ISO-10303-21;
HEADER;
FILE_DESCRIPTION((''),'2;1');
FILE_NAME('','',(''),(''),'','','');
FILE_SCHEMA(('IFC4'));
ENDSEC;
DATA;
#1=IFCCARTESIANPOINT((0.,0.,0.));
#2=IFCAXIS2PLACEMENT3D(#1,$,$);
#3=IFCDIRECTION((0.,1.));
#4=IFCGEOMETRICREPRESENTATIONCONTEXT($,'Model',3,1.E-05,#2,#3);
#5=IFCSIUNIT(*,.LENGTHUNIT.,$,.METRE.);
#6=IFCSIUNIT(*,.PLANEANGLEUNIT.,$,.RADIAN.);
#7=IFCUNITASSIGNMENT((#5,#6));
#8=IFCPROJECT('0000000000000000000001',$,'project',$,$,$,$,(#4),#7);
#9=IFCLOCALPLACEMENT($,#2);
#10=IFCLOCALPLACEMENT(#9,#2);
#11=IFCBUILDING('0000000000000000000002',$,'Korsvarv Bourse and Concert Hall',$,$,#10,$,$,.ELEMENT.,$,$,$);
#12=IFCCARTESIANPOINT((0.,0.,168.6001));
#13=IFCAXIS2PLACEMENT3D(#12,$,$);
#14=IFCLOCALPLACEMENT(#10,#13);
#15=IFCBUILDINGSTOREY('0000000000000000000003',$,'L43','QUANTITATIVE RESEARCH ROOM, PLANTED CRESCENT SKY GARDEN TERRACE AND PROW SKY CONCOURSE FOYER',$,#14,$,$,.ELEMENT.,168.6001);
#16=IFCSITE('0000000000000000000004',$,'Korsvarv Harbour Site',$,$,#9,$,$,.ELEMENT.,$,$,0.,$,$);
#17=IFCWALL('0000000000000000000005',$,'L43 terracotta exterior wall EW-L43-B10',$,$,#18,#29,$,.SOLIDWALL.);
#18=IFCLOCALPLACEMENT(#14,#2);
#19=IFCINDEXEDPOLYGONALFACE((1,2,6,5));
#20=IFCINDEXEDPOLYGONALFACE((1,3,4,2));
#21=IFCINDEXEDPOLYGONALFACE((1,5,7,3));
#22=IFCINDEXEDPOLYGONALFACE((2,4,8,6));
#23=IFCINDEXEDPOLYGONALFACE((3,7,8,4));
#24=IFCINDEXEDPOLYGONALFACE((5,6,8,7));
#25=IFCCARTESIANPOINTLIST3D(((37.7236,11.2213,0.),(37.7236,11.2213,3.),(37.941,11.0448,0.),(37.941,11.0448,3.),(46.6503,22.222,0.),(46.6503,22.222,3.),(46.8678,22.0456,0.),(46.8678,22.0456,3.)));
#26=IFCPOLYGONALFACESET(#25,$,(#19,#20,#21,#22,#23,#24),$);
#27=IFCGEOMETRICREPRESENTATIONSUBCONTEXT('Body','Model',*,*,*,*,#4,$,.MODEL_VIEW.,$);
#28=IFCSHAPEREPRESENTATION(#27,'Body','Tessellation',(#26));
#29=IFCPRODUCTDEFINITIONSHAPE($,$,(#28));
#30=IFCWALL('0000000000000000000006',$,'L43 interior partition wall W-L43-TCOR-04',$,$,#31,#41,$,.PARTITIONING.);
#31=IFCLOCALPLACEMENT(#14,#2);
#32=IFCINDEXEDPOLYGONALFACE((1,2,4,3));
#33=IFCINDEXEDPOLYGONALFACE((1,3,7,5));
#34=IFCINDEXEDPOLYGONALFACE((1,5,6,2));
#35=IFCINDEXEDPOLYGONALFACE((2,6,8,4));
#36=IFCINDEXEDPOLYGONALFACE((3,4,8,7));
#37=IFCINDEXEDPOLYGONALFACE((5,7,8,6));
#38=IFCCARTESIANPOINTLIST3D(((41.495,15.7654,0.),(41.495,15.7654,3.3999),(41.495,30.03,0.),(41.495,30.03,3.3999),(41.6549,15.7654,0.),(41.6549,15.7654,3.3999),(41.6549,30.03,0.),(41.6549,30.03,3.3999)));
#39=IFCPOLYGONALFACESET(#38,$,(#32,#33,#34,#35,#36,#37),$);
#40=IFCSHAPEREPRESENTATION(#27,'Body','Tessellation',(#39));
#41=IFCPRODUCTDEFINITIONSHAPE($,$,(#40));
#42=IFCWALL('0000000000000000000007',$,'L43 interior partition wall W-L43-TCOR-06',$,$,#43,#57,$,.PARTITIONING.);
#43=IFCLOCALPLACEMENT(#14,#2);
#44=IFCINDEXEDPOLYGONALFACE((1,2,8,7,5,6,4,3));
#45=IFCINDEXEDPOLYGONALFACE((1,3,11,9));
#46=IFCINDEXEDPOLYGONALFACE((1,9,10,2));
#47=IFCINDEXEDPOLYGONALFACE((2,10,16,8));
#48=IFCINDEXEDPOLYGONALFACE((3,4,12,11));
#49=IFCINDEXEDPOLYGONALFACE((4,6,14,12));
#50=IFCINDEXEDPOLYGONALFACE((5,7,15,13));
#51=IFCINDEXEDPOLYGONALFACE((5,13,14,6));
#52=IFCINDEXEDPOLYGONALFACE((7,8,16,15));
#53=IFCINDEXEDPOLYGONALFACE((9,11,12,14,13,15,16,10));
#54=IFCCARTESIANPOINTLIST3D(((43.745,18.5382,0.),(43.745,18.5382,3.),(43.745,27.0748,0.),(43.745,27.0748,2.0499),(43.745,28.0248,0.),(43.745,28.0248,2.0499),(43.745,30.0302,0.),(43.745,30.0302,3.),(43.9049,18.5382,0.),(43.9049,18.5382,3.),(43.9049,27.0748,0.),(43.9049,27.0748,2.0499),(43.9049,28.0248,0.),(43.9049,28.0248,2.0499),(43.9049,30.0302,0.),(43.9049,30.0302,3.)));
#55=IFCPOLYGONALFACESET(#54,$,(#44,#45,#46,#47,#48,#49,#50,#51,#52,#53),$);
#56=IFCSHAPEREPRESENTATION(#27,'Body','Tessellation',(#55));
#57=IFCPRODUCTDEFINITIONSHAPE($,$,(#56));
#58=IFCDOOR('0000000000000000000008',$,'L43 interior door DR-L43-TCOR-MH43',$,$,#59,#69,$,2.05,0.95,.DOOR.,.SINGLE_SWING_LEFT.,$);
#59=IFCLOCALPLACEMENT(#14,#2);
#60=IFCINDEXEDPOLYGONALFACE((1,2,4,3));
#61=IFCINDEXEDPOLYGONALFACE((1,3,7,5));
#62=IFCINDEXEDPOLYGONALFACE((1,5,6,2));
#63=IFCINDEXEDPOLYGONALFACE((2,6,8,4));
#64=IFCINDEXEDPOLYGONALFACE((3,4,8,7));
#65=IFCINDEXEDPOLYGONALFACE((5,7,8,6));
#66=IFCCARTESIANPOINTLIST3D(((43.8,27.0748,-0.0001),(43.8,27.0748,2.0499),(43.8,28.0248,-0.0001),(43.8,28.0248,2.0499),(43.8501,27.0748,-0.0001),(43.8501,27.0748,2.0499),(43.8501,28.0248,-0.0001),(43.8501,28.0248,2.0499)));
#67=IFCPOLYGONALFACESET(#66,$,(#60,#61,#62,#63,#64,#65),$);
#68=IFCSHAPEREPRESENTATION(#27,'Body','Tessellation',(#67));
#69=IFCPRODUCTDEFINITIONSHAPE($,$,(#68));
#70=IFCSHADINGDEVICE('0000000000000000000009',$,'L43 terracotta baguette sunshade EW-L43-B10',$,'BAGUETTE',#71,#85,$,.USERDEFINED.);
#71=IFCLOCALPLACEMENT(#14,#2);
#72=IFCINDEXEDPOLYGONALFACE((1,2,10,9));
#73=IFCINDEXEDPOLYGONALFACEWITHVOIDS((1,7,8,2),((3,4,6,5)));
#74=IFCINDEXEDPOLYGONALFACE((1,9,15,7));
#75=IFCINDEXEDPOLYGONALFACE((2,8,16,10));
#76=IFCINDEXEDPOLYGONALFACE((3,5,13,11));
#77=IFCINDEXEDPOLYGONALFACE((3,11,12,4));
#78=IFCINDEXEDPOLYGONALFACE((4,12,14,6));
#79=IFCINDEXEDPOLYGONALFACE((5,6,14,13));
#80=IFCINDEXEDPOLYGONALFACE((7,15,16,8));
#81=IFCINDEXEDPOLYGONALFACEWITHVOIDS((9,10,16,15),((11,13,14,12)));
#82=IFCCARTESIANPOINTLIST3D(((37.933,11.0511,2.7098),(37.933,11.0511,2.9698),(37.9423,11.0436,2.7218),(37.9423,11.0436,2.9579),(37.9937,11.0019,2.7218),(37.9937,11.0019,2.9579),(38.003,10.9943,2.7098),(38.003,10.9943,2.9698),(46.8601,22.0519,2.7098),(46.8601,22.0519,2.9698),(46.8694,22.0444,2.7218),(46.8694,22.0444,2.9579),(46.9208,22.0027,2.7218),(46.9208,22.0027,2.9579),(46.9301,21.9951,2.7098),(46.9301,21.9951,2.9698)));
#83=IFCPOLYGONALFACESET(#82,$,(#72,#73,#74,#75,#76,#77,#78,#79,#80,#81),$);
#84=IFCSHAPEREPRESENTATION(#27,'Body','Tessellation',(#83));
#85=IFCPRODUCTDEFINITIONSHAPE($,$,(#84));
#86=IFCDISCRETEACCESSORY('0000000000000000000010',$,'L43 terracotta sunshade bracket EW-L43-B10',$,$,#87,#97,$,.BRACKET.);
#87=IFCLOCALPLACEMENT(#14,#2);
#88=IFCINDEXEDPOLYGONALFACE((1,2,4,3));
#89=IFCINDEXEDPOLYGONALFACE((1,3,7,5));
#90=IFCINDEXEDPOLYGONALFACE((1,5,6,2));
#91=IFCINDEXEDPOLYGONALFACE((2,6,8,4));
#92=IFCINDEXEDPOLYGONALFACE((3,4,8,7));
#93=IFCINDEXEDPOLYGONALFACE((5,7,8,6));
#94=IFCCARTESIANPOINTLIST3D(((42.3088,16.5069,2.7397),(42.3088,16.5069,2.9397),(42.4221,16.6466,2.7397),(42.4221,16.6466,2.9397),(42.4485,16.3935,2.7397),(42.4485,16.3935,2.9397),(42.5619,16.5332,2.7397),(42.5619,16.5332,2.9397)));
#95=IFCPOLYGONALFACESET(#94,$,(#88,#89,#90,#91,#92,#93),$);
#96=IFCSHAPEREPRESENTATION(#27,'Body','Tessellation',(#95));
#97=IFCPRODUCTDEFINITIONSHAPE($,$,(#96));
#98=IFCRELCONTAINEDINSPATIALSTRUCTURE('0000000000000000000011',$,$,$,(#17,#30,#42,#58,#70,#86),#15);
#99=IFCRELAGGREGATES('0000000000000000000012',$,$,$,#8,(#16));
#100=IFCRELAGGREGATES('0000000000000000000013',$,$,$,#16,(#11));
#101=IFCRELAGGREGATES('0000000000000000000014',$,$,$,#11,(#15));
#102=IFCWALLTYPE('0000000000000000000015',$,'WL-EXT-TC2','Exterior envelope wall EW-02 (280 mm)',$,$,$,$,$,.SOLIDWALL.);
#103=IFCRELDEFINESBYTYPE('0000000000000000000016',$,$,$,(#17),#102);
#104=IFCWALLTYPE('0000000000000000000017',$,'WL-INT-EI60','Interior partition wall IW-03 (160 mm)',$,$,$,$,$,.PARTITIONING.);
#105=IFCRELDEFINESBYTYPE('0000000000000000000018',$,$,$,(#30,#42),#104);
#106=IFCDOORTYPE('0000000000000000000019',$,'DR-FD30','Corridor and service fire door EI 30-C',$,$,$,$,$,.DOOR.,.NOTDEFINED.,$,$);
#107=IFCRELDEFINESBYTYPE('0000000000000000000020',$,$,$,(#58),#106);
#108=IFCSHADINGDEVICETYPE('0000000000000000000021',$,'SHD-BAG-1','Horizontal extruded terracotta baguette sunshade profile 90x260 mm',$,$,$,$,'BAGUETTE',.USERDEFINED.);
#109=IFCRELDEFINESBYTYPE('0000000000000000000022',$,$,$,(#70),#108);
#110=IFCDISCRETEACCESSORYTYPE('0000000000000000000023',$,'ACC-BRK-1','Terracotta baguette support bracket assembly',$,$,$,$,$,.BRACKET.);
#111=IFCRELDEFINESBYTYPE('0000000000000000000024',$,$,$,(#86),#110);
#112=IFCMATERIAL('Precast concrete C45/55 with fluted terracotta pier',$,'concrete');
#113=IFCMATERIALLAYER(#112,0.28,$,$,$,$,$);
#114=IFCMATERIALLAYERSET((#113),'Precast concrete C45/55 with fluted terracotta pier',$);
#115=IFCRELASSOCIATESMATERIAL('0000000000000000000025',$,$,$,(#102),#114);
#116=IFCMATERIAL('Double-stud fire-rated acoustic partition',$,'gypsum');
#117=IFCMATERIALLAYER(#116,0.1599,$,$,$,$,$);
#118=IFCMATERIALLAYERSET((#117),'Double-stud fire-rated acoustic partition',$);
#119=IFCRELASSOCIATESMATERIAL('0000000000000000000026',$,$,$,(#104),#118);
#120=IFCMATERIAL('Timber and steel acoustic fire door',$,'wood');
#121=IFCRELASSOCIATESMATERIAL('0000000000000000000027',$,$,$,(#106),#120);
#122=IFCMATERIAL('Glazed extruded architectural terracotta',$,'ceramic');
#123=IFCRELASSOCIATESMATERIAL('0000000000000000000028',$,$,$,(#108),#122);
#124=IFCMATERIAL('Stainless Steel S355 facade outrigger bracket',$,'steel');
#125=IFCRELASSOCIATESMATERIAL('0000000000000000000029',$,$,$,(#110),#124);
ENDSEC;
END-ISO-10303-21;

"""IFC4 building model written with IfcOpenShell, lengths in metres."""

from ifc_helpers import new_model, si_unit, direction, frame, frame_2d, origin, origin_2d, place, context, subcontext, project, spatial, rectangle, hollow_rectangle, extrude, source, transform, mapped, material, layer, layer_set, material_profile, profile_set, type_object, element, fill, save


model = new_model("IFC4")

# Units and contexts
model_context = context("Model", 3, precision=1e-05, world=origin(), true_north=direction((0.0, 1.0)))
body_context = subcontext(model_context, "Body", "Model", "MODEL_VIEW")
ifc_project = project(units=[si_unit("LENGTHUNIT", "METRE"), si_unit("PLANEANGLEUNIT", "RADIAN")], contexts=[model_context])

# Site, building, storey
site_placement = place(None, origin())
site = spatial("IfcSite", under=ifc_project, at=site_placement, Name="Korsvarv Harbour Site", CompositionType="ELEMENT", RefElevation=0.0)
building_placement = place(site_placement, origin())
building = spatial("IfcBuilding", under=site, at=building_placement, Name="Korsvarv Bourse and Concert Hall", CompositionType="ELEMENT")
storey_placement = place(building_placement, frame((0.0, 0.0, 168.6001)))
storey = spatial("IfcBuildingStorey", under=building, at=storey_placement, Name="L43", Description="QUANTITATIVE RESEARCH ROOM, PLANTED CRESCENT SKY GARDEN TERRACE AND PROW SKY CONCOURSE FOYER", CompositionType="ELEMENT", Elevation=168.6001)

# Walls
ifc_material_1 = material(Name="Precast concrete C45/55 with fluted terracotta pier", Category="concrete")
ifc_layer_1 = layer(ifc_material_1, 0.28)
ifc_layer_set_1 = layer_set([ifc_layer_1], Name="Precast concrete C45/55 with fluted terracotta pier")
wall_type_1 = type_object("IfcWallType", Name="WL-EXT-TC2", Description="Exterior envelope wall EW-02 (280 mm)", PredefinedType="SOLIDWALL", material=ifc_layer_set_1)
wall_1_placement = place(storey_placement, frame((37.8323, 11.1331, 0.0), z_axis=(0.0, 0.0, 1.0), x_axis=(0.63011, 0.776506, 0.0)))
element("IfcWall", 1, at=wall_1_placement, inside=storey, type_object=wall_type_1, Name="L43 terracotta exterior wall EW-L43-B10", PredefinedType="SOLIDWALL", context=body_context, shape_type="SweptSolid", body=[
    extrude(rectangle(XDim=14.167, YDim=0.28, at=frame_2d((7.0835, 0.0))), origin(), (0.0, 0.0, 1.0), 3.0),
])
ifc_material_2 = material(Name="Double-stud fire-rated acoustic partition", Category="gypsum")
ifc_layer_2 = layer(ifc_material_2, 0.1599)
ifc_layer_set_2 = layer_set([ifc_layer_2], Name="Double-stud fire-rated acoustic partition")
wall_type_2 = type_object("IfcWallType", Name="WL-INT-EI60", Description="Interior partition wall IW-03 (160 mm)", PredefinedType="PARTITIONING", material=ifc_layer_set_2)
wall_2_placement = place(storey_placement, frame((41.575, 15.7654, 0.0), z_axis=(0.0, 0.0, 1.0), x_axis=(0.0, 1.0, 0.0)))
element("IfcWall", 2, at=wall_2_placement, inside=storey, type_object=wall_type_2, Name="L43 interior partition wall W-L43-TCOR-04", PredefinedType="PARTITIONING", context=body_context, shape_type="SweptSolid", body=[
    extrude(rectangle(XDim=14.2646, YDim=0.1599, at=frame_2d((7.1323, 0.0))), origin(), (0.0, 0.0, 1.0), 3.3999),
])

# Wall, opening, door
wall_3_placement = place(storey_placement, frame((43.825, 18.5381, 0.0), z_axis=(0.0, 0.0, 1.0), x_axis=(0.0, 1.0, 0.0)))
wall_3 = element("IfcWall", 3, at=wall_3_placement, inside=storey, type_object=wall_type_2, Name="L43 interior partition wall W-L43-TCOR-06", PredefinedType="PARTITIONING", context=body_context, shape_type="SweptSolid", body=[
    extrude(rectangle(XDim=11.4919, YDim=0.1599, at=frame_2d((5.7461, 0.0))), origin(), (0.0, 0.0, 1.0), 3.0),
])
opening_placement = place(wall_3_placement, frame((8.5366, 0.0, 0.0)))
opening = element("IfcOpeningElement", 4, at=opening_placement, cuts=wall_3, PredefinedType="OPENING", context=body_context, shape_type="SweptSolid", body=[
    extrude(rectangle(XDim=0.95, YDim=2.05, at=frame_2d((0.4751, 1.0249))), frame((0.0, 0.0898, 0.0), z_axis=(0.0, -1.0, 0.0), x_axis=(1.0, 0.0, 0.0)), (0.0, 0.0, 1.0), 0.1799),
])
ifc_material_3 = material(Name="Timber and steel acoustic fire door", Category="wood")
door_type = type_object("IfcDoorType", Name="DR-FD30", Description="Corridor and service fire door EI 30-C", OperationType="NOTDEFINED", PredefinedType="DOOR", material=ifc_material_3)
door_placement = place(opening_placement, origin())
door = element("IfcDoor", 5, at=door_placement, inside=storey, type_object=door_type, Name="L43 interior door DR-L43-TCOR-MH43", OperationType="SINGLE_SWING_LEFT", OverallHeight=2.05, OverallWidth=0.95, PredefinedType="DOOR", context=body_context, shape_type="SweptSolid", body=[
    extrude(rectangle(XDim=0.95, YDim=2.05, at=frame_2d((0.4751, 1.0249))), frame((0.0, 0.0249, 0.0), z_axis=(0.0, -1.0, 0.0), x_axis=(1.0, 0.0, 0.0)), (0.0, 0.0, 1.0), 0.05),
])
fill(opening, door)

# Shading device
ifc_material_4 = material(Name="Glazed extruded architectural terracotta", Category="ceramic")
ifc_material_profile_1 = material_profile(ifc_material_4, hollow_rectangle(XDim=0.0901, YDim=0.26, WallThickness=0.012, at=origin_2d()), Name="TC-BAG 90x260")
ifc_profile_set_1 = profile_set([ifc_material_profile_1], Name="Glazed extruded architectural terracotta")
shading_device_type = type_object("IfcShadingDeviceType", Name="SHD-BAG-1", Description="Horizontal extruded terracotta baguette sunshade profile 90x260 mm", ElementType="BAGUETTE", PredefinedType="USERDEFINED", material=ifc_profile_set_1)
shared_shape_1 = source(origin(), body_context, "Body", "SweptSolid", [
    extrude(hollow_rectangle(XDim=0.0901, YDim=0.26, WallThickness=0.012, at=origin_2d()), origin(), (0.0, 0.0, 1.0), 14.1672),
])
shading_device_placement = place(storey_placement, frame((37.968, 11.0227, 2.8398), z_axis=(0.630121, 0.776497, 0.0), x_axis=(-0.776497, 0.630121, 0.0)))
element("IfcShadingDevice", 6, at=shading_device_placement, inside=storey, type_object=shading_device_type, Name="L43 terracotta baguette sunshade EW-L43-B10", ObjectType="BAGUETTE", PredefinedType="USERDEFINED", context=body_context, shape_type="MappedRepresentation", body=[
    mapped(shared_shape_1, transform((0.0, 0.0, 0.0), scale=1.0)),
])

# Discrete accessory
ifc_material_5 = material(Name="Stainless Steel S355 facade outrigger bracket", Category="steel")
discrete_accessory_type = type_object("IfcDiscreteAccessoryType", Name="ACC-BRK-1", Description="Terracotta baguette support bracket assembly", PredefinedType="BRACKET", material=ifc_material_5)
shared_shape_2 = source(origin(), body_context, "Body", "SweptSolid", [
    extrude(rectangle(XDim=0.1799, YDim=0.1799, at=origin_2d()), origin(), (0.0, 0.0, 1.0), 0.2),
])
discrete_accessory_placement = place(storey_placement, frame((42.4353, 16.52, 2.7397), z_axis=(0.0, 0.0, 1.0), x_axis=(0.630134, 0.776487, 0.0)))
element("IfcDiscreteAccessory", 7, at=discrete_accessory_placement, inside=storey, type_object=discrete_accessory_type, Name="L43 terracotta sunshade bracket EW-L43-B10", PredefinedType="BRACKET", context=body_context, shape_type="MappedRepresentation", body=[
    mapped(shared_shape_2, transform((0.0, 0.0, 0.0), scale=1.0)),
])

save(model, "model.ifc")
